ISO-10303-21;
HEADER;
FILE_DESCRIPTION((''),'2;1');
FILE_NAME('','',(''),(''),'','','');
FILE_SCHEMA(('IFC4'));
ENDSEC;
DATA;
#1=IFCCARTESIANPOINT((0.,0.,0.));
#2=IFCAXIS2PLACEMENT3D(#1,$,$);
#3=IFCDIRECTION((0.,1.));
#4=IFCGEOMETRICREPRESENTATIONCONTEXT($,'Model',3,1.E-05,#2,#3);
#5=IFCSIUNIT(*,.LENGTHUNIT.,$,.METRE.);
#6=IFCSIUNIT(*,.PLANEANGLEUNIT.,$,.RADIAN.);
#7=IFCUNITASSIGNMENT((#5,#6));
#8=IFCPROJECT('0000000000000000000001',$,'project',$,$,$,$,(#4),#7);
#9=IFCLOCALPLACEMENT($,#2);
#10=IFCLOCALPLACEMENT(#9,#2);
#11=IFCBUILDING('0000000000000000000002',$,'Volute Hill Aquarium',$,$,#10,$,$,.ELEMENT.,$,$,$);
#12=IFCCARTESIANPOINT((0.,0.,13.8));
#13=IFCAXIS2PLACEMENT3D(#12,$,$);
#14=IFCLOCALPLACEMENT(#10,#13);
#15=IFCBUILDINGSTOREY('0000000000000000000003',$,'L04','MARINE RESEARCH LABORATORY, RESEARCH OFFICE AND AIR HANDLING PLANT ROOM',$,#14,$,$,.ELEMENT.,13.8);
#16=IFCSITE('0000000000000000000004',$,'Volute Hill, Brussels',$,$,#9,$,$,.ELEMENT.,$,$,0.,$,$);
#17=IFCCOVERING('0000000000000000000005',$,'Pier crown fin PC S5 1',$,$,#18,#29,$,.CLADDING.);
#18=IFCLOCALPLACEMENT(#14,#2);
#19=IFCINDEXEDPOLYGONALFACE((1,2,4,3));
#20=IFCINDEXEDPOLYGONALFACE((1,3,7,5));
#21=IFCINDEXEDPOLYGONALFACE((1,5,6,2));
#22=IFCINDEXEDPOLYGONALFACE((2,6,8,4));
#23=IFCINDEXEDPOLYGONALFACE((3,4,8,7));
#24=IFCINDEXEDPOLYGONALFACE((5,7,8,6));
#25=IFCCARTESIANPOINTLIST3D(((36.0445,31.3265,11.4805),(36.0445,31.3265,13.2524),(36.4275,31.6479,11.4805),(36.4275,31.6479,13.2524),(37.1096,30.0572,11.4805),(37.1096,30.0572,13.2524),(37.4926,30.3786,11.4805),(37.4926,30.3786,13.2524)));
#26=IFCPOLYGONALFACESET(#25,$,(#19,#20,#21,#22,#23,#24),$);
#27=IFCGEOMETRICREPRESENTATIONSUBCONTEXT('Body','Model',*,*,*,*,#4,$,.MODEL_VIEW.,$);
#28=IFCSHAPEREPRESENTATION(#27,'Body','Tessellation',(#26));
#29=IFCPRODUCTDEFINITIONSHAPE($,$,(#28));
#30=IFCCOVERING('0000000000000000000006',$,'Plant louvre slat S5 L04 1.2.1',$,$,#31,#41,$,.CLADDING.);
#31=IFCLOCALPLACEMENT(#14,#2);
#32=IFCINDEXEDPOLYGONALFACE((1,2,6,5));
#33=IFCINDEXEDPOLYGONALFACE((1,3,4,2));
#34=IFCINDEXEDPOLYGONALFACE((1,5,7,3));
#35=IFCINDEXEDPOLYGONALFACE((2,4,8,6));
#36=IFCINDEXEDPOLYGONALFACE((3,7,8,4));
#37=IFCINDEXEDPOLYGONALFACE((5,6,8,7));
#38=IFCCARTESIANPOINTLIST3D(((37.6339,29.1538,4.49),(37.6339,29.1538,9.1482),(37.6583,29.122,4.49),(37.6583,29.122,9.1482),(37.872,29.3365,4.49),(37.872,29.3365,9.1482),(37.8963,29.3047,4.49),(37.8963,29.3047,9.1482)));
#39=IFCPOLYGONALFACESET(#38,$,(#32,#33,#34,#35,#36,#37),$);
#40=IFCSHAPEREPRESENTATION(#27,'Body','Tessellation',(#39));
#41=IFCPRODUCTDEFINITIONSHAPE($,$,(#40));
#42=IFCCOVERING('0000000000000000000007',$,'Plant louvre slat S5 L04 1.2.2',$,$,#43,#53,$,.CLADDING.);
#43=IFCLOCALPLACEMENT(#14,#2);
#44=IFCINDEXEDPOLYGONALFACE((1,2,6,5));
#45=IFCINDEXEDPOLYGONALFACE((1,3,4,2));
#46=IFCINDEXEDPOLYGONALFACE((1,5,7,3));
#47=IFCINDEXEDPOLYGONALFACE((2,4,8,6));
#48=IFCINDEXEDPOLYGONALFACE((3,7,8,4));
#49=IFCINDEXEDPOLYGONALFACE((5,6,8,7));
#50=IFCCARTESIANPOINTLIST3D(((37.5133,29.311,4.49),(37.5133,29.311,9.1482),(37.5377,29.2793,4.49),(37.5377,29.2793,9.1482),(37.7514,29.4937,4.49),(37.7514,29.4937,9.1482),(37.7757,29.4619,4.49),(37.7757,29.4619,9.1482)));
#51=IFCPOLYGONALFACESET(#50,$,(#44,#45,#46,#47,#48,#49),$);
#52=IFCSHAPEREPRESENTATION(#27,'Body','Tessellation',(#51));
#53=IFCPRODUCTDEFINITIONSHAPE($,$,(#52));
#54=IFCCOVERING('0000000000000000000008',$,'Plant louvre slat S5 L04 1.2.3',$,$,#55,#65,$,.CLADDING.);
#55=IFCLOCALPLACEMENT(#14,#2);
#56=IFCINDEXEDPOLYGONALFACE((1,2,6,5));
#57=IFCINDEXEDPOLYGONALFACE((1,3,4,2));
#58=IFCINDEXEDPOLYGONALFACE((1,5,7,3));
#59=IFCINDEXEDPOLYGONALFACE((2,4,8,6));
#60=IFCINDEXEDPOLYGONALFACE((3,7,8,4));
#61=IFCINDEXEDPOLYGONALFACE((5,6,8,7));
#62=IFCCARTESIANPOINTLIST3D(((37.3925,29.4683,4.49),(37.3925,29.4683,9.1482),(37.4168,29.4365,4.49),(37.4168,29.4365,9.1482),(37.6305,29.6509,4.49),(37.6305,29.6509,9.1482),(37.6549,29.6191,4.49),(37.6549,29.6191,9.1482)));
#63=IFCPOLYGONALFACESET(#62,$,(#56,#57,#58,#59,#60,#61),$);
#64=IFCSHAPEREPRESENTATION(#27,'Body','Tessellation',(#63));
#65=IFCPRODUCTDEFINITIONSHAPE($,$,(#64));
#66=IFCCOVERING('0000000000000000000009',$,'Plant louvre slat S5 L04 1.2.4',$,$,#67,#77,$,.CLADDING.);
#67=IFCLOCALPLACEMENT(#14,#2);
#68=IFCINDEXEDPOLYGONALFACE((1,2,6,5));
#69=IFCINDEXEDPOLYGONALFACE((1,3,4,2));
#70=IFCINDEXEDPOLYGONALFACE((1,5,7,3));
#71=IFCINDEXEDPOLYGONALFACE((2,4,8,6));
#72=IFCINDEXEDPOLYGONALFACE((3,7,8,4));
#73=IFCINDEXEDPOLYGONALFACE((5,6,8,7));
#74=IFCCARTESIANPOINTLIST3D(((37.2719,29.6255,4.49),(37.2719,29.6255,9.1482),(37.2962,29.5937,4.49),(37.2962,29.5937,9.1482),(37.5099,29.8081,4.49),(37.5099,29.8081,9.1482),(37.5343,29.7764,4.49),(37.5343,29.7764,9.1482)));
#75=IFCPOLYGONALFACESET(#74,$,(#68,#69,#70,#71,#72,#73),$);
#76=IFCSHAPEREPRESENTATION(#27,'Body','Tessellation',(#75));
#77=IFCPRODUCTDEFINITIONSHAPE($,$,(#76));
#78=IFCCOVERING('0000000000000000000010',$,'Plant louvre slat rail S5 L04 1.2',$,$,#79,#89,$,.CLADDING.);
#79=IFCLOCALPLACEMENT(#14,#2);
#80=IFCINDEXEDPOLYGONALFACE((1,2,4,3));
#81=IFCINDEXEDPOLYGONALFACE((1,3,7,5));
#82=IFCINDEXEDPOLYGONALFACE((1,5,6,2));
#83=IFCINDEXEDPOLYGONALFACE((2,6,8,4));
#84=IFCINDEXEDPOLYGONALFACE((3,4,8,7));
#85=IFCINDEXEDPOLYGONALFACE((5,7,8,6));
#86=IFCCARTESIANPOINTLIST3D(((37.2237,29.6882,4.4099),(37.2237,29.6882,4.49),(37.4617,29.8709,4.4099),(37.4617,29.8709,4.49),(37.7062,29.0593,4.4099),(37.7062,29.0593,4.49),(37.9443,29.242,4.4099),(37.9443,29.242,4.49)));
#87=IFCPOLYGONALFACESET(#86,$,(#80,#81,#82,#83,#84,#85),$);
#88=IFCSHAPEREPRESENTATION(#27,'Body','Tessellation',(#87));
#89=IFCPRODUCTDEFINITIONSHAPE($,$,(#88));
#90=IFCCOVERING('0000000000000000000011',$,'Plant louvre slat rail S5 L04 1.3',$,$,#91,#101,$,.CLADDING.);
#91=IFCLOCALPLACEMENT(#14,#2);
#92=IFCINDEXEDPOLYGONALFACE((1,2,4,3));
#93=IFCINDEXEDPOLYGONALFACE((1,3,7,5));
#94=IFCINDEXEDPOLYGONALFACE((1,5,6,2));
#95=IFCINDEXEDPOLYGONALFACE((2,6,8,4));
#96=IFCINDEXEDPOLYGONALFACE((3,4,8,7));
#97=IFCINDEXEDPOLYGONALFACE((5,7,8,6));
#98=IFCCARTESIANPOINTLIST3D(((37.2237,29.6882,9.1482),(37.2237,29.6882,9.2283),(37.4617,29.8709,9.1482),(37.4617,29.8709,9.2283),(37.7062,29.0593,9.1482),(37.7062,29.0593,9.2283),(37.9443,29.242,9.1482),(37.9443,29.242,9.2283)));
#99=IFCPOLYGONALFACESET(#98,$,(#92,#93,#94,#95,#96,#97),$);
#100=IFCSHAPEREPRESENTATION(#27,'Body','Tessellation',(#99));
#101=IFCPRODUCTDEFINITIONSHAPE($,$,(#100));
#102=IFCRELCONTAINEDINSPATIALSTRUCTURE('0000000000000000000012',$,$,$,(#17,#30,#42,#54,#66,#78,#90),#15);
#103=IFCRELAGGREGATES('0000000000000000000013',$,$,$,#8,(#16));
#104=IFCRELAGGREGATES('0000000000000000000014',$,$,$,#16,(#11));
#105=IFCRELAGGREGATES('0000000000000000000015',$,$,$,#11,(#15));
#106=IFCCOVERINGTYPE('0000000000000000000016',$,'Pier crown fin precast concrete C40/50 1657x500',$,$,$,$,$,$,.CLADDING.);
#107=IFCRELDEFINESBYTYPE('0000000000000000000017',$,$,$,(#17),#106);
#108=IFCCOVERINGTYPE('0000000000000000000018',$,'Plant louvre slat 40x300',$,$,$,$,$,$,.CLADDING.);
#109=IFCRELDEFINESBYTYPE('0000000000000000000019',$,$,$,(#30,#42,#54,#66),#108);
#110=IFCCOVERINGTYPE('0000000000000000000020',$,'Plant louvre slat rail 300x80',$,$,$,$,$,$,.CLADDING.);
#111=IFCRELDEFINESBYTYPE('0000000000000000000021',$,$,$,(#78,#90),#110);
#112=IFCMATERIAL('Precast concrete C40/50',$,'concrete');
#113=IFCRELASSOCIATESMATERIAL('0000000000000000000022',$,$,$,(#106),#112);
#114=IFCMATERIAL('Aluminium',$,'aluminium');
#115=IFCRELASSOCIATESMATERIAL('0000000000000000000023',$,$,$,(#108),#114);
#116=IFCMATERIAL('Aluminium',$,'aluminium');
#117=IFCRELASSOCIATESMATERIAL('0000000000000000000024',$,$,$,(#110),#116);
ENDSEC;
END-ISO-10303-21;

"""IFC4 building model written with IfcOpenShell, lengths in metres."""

from ifc_helpers import new_model, si_unit, direction, frame, origin, origin_2d, place, context, subcontext, project, spatial, rectangle, extrude, material, type_object, element, save


model = new_model("IFC4")

# Units and contexts
model_context = context("Model", 3, precision=1e-05, world=origin(), true_north=direction((0.0, 1.0)))
body_context = subcontext(model_context, "Body", "Model", "MODEL_VIEW")
ifc_project = project(units=[si_unit("LENGTHUNIT", "METRE"), si_unit("PLANEANGLEUNIT", "RADIAN")], contexts=[model_context])

# Site, building, storey
site_placement = place(None, origin())
site = spatial("IfcSite", under=ifc_project, at=site_placement, Name="Volute Hill, Brussels", CompositionType="ELEMENT", RefElevation=0.0)
building_placement = place(site_placement, origin())
building = spatial("IfcBuilding", under=site, at=building_placement, Name="Volute Hill Aquarium", CompositionType="ELEMENT")
storey_placement = place(building_placement, frame((0.0, 0.0, 13.8)))
storey = spatial("IfcBuildingStorey", under=building, at=storey_placement, Name="L04", Description="MARINE RESEARCH LABORATORY, RESEARCH OFFICE AND AIR HANDLING PLANT ROOM", CompositionType="ELEMENT", Elevation=13.8)

# Coverings
ifc_material_1 = material(Name="Precast concrete C40/50", Category="concrete")
covering_type_1 = type_object("IfcCoveringType", Name="Pier crown fin precast concrete C40/50 1657x500", PredefinedType="CLADDING", material=ifc_material_1)
covering_1_placement = place(storey_placement, frame((36.7686, 30.8525, 11.4805), z_axis=(0.0, 0.0, 1.0), x_axis=(-0.642788, 0.766044, 0.0)))
element("IfcCovering", 1, at=covering_1_placement, inside=storey, type_object=covering_type_1, Name="Pier crown fin PC S5 1", PredefinedType="CLADDING", context=body_context, shape_type="SweptSolid", body=[
    extrude(rectangle(XDim=1.657, YDim=0.5, at=origin_2d()), origin(), (0.0, 0.0, 1.0), 1.772),
])
ifc_material_2 = material(Name="Aluminium", Category="aluminium")
covering_type_2 = type_object("IfcCoveringType", Name="Plant louvre slat 40x300", PredefinedType="CLADDING", material=ifc_material_2)
for number, where, z_axis, x_axis, name in (
    (2, (37.7651, 29.2292, 4.49), (0.0, 0.0, 1.0), (-0.608753, 0.79336, 0.0), "Plant louvre slat S5 L04 1.2.1"),
    (3, (37.6445, 29.3865, 4.49), (0.0, 0.0, 1.0), (-0.608753, 0.79336, 0.0), "Plant louvre slat S5 L04 1.2.2"),
    (4, (37.5237, 29.5437, 4.49), (0.0, 0.0, 1.0), (-0.608753, 0.79336, 0.0), "Plant louvre slat S5 L04 1.2.3"),
    (5, (37.4031, 29.7009, 4.49), (0.0, 0.0, 1.0), (-0.608753, 0.79336, 0.0), "Plant louvre slat S5 L04 1.2.4"),
):
    element("IfcCovering", number, at=place(storey_placement, frame(where, z_axis=z_axis, x_axis=x_axis)), inside=storey, type_object=covering_type_2, Name=name, PredefinedType="CLADDING", context=body_context, shape_type="SweptSolid", body=[
        extrude(rectangle(XDim=0.04, YDim=0.3, at=origin_2d()), origin(), (0.0, 0.0, 1.0), 4.6582),
    ])
ifc_material_3 = material(Name="Aluminium", Category="aluminium")
covering_type_3 = type_object("IfcCoveringType", Name="Plant louvre slat rail 300x80", PredefinedType="CLADDING", material=ifc_material_3)
for number, where, z_axis, x_axis, name in (
    (6, (37.584, 29.4651, 4.4099), (0.0, 0.0, 1.0), (-0.608753, 0.79336, 0.0), "Plant louvre slat rail S5 L04 1.2"),
    (7, (37.584, 29.4651, 9.1482), (0.0, 0.0, 1.0), (-0.608753, 0.79336, 0.0), "Plant louvre slat rail S5 L04 1.3"),
):
    element("IfcCovering", number, at=place(storey_placement, frame(where, z_axis=z_axis, x_axis=x_axis)), inside=storey, type_object=covering_type_3, Name=name, PredefinedType="CLADDING", context=body_context, shape_type="SweptSolid", body=[
        extrude(rectangle(XDim=0.7927, YDim=0.3, at=origin_2d()), origin(), (0.0, 0.0, 1.0), 0.0801),
    ])

save(model, "model.ifc")
